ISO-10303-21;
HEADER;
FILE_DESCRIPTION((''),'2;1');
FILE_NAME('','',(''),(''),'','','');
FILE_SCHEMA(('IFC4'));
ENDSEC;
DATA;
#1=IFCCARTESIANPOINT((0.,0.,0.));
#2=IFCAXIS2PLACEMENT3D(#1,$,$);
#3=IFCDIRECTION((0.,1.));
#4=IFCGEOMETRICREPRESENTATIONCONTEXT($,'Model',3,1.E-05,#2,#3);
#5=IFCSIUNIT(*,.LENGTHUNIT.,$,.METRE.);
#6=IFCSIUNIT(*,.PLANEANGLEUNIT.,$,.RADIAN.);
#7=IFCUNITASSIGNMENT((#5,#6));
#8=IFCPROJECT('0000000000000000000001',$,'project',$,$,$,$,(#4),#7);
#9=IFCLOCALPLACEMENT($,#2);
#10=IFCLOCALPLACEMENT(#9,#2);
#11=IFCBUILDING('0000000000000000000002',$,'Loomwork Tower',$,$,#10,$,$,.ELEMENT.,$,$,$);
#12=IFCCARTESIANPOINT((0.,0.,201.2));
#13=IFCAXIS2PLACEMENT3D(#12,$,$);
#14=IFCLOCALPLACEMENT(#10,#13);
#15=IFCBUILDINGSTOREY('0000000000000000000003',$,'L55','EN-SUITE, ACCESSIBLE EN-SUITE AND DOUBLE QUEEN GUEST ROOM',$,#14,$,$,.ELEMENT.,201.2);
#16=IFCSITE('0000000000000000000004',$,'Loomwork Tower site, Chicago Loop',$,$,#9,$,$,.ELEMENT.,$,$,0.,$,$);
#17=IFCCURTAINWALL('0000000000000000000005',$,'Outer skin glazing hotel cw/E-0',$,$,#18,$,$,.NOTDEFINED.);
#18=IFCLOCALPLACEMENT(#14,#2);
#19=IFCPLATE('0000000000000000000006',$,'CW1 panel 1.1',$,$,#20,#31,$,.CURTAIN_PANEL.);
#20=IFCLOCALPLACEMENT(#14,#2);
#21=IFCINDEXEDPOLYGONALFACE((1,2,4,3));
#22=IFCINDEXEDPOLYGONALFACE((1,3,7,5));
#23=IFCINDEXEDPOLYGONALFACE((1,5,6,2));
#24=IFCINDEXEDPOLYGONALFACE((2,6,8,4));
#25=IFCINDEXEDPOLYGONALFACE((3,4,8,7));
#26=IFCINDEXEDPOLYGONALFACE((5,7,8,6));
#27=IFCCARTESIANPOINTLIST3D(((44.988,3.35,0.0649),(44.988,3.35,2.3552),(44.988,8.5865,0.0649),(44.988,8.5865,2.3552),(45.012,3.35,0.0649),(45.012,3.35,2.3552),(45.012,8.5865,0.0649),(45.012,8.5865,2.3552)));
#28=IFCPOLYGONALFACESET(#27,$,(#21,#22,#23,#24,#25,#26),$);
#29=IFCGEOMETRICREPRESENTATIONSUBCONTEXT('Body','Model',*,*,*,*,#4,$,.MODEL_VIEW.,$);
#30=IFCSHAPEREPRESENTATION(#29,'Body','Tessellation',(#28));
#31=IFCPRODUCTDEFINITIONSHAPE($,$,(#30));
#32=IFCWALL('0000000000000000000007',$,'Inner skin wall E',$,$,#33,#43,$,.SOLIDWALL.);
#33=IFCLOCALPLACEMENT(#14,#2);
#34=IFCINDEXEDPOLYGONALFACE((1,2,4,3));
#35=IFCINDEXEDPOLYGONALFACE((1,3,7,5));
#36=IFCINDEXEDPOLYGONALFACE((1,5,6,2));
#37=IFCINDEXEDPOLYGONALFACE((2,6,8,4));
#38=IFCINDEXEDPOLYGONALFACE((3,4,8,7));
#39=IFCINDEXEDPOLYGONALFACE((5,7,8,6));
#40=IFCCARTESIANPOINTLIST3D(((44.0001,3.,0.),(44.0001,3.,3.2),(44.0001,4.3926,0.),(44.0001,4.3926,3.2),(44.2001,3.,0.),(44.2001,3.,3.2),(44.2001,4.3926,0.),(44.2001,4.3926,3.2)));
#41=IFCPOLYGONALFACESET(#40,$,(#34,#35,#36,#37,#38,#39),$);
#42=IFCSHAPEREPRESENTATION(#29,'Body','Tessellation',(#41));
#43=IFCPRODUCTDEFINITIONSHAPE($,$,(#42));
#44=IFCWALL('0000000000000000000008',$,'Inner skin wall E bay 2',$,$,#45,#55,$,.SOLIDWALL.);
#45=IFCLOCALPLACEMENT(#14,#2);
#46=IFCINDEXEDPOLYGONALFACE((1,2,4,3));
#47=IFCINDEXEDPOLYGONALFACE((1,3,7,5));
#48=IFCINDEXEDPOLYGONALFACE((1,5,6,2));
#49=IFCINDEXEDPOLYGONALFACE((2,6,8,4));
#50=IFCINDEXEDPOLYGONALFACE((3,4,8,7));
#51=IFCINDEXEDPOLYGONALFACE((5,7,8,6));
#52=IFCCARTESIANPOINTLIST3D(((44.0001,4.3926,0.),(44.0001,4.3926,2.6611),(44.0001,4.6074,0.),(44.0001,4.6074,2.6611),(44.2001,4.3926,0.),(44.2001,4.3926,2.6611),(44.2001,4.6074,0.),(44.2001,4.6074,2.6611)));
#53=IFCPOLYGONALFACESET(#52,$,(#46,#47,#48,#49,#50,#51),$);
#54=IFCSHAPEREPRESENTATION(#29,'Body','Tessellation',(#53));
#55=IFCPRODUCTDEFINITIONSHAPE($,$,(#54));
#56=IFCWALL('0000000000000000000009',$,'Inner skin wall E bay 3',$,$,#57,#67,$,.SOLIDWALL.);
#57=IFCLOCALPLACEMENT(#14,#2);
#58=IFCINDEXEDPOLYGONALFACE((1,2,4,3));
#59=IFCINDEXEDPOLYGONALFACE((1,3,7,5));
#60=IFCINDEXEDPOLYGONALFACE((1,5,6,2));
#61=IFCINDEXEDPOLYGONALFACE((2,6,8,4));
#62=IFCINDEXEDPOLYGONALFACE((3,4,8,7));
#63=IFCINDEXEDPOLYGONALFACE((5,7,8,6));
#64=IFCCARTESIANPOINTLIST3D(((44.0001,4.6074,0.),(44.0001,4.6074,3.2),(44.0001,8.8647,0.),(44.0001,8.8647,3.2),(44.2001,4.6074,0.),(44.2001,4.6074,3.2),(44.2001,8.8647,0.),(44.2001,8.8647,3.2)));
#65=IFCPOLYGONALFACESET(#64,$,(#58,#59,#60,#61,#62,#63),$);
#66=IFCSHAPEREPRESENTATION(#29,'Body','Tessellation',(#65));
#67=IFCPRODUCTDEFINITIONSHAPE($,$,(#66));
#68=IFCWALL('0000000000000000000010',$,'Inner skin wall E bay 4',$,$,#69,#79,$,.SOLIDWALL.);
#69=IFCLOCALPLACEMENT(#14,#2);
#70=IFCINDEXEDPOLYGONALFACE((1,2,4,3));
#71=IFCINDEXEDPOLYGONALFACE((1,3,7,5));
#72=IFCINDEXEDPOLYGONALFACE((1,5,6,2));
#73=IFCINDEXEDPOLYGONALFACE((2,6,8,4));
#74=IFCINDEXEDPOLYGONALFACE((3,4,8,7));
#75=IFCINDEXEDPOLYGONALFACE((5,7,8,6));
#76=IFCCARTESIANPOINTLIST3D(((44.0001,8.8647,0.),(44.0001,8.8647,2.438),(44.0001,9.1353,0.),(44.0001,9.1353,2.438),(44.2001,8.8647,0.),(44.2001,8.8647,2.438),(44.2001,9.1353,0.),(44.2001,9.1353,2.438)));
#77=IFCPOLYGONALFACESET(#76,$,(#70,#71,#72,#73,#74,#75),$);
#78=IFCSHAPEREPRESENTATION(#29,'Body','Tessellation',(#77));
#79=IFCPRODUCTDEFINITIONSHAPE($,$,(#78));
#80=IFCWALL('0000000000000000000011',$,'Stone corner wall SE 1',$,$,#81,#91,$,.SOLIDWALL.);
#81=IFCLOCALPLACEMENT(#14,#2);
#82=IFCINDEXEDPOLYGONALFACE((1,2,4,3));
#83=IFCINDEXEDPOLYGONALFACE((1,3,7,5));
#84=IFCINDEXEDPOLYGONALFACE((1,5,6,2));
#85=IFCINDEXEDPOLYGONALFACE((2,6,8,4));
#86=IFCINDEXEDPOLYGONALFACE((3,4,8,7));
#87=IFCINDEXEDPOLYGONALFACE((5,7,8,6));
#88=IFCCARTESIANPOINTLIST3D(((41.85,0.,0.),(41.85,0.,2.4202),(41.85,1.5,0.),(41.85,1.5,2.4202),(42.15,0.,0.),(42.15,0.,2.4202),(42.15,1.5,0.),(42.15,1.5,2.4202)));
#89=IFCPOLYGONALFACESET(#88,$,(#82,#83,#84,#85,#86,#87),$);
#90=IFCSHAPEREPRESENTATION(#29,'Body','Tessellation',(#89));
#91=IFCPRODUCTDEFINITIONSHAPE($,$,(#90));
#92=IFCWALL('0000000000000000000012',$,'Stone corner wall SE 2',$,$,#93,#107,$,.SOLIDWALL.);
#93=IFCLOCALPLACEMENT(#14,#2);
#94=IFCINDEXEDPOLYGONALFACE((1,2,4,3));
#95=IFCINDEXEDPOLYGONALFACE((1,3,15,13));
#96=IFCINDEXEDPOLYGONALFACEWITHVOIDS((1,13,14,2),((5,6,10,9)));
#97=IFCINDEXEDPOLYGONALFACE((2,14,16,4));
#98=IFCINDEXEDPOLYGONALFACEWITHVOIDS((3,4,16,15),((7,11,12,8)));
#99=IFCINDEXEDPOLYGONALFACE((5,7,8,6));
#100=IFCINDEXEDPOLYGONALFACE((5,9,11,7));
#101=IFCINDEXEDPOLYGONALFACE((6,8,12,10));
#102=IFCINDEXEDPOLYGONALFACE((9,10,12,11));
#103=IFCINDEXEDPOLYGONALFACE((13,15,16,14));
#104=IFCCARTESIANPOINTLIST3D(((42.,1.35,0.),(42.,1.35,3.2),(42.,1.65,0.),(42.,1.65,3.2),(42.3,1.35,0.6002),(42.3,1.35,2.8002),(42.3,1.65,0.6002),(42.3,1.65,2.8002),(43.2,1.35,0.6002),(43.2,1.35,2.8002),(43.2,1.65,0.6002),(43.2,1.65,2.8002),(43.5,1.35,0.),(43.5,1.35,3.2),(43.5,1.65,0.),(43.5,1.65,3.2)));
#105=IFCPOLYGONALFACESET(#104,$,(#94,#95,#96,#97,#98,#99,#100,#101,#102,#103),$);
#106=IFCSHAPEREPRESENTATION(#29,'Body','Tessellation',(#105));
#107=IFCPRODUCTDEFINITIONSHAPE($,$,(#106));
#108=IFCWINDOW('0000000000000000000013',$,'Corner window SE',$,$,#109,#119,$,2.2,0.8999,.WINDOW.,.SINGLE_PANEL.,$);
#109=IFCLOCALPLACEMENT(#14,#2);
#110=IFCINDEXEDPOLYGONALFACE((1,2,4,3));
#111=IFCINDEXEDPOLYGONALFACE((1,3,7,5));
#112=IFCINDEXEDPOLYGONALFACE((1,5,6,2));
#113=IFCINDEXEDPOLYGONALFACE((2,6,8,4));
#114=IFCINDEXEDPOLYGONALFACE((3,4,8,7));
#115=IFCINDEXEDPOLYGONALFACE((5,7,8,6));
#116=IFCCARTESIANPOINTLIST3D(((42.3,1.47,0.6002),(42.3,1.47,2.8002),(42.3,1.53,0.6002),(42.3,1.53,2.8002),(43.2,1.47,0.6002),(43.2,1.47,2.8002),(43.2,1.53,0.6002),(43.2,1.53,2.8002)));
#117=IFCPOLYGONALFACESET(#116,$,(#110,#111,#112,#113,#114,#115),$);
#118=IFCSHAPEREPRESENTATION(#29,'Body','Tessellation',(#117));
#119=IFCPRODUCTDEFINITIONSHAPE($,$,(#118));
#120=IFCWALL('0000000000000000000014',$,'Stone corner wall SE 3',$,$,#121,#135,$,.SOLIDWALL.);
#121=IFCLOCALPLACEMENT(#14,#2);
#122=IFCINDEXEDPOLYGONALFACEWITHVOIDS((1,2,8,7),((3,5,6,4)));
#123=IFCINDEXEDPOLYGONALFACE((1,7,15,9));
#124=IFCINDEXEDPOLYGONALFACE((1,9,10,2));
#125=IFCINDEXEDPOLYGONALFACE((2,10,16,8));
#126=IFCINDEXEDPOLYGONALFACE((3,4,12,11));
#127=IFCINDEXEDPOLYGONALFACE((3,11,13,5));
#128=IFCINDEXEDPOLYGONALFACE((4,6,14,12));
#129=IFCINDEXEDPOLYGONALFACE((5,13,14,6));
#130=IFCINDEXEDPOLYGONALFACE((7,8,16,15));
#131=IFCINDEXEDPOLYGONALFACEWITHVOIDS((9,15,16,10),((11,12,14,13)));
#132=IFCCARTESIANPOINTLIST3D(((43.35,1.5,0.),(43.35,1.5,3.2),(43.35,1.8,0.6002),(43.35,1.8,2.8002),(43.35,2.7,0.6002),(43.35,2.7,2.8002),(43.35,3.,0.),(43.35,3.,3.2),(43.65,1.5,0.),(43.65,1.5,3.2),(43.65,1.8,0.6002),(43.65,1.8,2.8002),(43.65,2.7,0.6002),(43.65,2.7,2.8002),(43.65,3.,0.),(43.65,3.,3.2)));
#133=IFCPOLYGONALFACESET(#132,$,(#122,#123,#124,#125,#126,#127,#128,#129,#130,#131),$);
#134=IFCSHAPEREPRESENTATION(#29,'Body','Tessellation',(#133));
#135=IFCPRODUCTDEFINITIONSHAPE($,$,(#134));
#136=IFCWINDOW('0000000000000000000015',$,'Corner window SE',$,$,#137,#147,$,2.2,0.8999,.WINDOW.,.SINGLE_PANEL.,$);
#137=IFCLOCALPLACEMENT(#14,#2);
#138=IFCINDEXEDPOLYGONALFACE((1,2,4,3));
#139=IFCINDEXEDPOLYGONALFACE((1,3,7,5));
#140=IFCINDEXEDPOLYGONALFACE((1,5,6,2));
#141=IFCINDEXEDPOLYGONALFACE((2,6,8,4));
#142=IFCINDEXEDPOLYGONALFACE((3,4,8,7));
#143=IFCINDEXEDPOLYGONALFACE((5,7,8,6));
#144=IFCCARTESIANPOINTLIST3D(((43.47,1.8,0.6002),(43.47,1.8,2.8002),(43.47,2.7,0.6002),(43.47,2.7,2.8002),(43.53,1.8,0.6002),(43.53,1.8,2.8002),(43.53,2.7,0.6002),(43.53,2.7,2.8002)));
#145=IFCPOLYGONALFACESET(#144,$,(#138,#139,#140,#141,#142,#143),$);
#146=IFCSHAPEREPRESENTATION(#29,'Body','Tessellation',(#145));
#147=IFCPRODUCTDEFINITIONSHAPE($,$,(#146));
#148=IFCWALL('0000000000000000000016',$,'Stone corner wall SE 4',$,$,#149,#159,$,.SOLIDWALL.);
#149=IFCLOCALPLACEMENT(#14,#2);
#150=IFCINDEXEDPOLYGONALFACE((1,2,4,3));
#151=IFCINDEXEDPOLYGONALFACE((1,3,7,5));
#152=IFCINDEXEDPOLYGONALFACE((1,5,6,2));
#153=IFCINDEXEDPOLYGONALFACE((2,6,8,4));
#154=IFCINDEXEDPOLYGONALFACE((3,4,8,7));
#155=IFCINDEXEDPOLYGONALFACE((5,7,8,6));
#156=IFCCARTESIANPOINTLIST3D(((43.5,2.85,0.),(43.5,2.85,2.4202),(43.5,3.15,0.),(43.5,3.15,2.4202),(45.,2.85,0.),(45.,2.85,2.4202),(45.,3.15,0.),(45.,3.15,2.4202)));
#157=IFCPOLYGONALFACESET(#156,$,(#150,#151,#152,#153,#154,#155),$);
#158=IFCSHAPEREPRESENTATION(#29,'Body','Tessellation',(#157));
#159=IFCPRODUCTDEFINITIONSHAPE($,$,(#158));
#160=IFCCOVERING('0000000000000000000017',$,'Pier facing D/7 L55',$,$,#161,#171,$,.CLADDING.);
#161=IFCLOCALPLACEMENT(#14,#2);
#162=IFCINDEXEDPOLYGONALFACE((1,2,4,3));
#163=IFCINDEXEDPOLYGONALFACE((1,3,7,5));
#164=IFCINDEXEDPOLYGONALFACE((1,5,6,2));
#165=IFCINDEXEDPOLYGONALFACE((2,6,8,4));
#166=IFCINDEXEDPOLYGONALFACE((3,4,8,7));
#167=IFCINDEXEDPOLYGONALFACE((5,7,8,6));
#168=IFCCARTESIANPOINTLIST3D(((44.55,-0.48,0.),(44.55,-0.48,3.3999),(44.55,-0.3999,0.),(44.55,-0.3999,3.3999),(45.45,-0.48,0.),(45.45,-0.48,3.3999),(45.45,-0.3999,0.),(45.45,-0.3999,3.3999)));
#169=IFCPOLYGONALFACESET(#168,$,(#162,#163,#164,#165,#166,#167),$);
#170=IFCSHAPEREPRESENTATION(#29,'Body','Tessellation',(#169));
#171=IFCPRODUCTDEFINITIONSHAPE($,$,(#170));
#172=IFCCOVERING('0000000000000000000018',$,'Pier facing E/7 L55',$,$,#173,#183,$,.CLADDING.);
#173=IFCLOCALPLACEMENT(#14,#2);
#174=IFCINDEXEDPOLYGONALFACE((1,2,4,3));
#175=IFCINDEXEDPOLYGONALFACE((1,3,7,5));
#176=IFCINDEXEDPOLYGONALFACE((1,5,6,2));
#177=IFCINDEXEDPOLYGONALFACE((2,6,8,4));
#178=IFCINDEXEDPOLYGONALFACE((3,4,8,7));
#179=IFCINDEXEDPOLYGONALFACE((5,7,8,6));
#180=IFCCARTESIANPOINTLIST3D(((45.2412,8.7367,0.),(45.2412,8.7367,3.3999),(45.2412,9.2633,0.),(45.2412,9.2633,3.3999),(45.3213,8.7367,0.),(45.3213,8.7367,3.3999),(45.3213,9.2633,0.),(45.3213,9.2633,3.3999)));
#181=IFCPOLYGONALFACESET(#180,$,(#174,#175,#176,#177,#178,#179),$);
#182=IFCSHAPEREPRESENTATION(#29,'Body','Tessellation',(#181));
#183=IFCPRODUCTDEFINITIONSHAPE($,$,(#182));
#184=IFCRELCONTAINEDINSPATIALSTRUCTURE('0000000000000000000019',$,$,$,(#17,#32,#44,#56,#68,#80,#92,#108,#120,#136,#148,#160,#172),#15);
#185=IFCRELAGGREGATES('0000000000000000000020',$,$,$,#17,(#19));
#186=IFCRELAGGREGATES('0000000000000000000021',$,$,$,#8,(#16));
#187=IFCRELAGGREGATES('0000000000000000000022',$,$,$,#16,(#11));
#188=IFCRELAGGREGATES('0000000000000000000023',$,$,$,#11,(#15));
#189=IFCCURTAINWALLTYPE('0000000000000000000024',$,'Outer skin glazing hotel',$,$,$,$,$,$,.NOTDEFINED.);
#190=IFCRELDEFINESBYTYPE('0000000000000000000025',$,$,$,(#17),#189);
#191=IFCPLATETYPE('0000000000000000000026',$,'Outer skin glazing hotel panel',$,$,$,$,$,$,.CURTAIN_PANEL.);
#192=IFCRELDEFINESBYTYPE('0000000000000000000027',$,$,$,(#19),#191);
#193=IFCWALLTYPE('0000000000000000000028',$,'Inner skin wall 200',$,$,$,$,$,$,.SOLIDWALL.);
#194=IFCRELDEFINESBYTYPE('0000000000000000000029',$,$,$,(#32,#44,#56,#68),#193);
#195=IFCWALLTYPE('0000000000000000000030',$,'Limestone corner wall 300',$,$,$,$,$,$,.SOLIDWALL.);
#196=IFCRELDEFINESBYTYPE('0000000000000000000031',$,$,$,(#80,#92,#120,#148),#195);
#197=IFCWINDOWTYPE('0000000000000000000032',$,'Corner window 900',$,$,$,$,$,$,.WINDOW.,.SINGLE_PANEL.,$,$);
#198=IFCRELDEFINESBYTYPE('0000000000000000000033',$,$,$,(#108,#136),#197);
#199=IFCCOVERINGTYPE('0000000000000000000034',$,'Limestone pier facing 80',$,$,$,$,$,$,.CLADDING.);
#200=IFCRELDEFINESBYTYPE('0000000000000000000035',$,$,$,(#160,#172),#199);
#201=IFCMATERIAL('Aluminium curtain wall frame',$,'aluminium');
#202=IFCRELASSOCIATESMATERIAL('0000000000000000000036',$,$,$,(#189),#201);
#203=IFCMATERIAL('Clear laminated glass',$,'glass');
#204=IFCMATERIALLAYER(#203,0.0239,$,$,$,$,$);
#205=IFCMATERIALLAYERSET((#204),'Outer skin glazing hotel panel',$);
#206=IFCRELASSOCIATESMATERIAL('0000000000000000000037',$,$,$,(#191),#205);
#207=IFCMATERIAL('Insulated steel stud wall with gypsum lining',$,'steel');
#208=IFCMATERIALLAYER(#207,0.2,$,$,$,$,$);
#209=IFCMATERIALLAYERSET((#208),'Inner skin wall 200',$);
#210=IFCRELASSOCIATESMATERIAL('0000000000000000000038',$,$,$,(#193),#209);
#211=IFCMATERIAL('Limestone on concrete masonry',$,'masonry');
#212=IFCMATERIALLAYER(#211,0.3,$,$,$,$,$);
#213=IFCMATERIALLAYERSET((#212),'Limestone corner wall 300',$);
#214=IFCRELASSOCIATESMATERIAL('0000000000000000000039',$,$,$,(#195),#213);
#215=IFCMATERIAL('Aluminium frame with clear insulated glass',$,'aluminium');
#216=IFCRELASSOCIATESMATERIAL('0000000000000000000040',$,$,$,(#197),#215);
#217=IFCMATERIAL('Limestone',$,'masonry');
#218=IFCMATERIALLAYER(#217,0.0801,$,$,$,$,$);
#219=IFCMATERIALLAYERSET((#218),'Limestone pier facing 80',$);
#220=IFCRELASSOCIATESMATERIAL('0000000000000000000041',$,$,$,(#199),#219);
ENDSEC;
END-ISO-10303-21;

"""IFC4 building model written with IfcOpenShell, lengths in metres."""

from ifc_helpers import new_model, si_unit, direction, frame, frame_2d, origin, origin_2d, place, context, subcontext, project, spatial, rectangle, extrude, material, layer, layer_set, type_object, element, fill, aggregate, save


model = new_model("IFC4")

# Units and contexts
model_context = context("Model", 3, precision=1e-05, world=origin(), true_north=direction((0.0, 1.0)))
body_context = subcontext(model_context, "Body", "Model", "MODEL_VIEW")
ifc_project = project(units=[si_unit("LENGTHUNIT", "METRE"), si_unit("PLANEANGLEUNIT", "RADIAN")], contexts=[model_context])

# Site, building, storey
site_placement = place(None, origin())
site = spatial("IfcSite", under=ifc_project, at=site_placement, Name="Loomwork Tower site, Chicago Loop", CompositionType="ELEMENT", RefElevation=0.0)
building_placement = place(site_placement, origin())
building = spatial("IfcBuilding", under=site, at=building_placement, Name="Loomwork Tower", CompositionType="ELEMENT")
storey_placement = place(building_placement, frame((0.0, 0.0, 201.2)))
storey = spatial("IfcBuildingStorey", under=building, at=storey_placement, Name="L55", Description="EN-SUITE, ACCESSIBLE EN-SUITE AND DOUBLE QUEEN GUEST ROOM", CompositionType="ELEMENT", Elevation=201.2)

# Shared definitions
ifc_material_1 = material(Name="Aluminium curtain wall frame", Category="aluminium")
curtain_wall_type = type_object("IfcCurtainWallType", Name="Outer skin glazing hotel", PredefinedType="NOTDEFINED", material=ifc_material_1)

# Curtain wall
curtain_wall_1_placement = place(storey_placement, origin())
curtain_wall_1 = element("IfcCurtainWall", 1, at=curtain_wall_1_placement, inside=storey, type_object=curtain_wall_type, Name="Outer skin glazing hotel cw/E-0", PredefinedType="NOTDEFINED")

# Plate
ifc_material_2 = material(Name="Clear laminated glass", Category="glass")
ifc_layer_1 = layer(ifc_material_2, 0.0239)
ifc_layer_set_1 = layer_set([ifc_layer_1], Name="Outer skin glazing hotel panel")
plate_type = type_object("IfcPlateType", Name="Outer skin glazing hotel panel", PredefinedType="CURTAIN_PANEL", material=ifc_layer_set_1)
plate_placement = place(storey_placement, frame((45.0, 5.9683, 0.0649), z_axis=(0.0, 0.0, 1.0), x_axis=(0.0, 1.0, 0.0)))
plate = element("IfcPlate", 2, at=plate_placement, type_object=plate_type, Name="CW1 panel 1.1", PredefinedType="CURTAIN_PANEL", context=body_context, shape_type="SweptSolid", body=[
    extrude(rectangle(XDim=5.2366, YDim=0.0239, at=origin_2d()), origin(), (0.0, 0.0, 1.0), 2.2903),
])
aggregate(curtain_wall_1, [plate])

# Walls
ifc_material_3 = material(Name="Insulated steel stud wall with gypsum lining", Category="steel")
ifc_layer_2 = layer(ifc_material_3, 0.2)
ifc_layer_set_2 = layer_set([ifc_layer_2], Name="Inner skin wall 200")
wall_type_1 = type_object("IfcWallType", Name="Inner skin wall 200", PredefinedType="SOLIDWALL", material=ifc_layer_set_2)
wall_1_placement = place(storey_placement, frame((44.1001, 3.0, 0.0), z_axis=(0.0, 0.0, 1.0), x_axis=(0.0, 1.0, 0.0)))
element("IfcWall", 3, at=wall_1_placement, inside=storey, type_object=wall_type_1, Name="Inner skin wall E", PredefinedType="SOLIDWALL", context=body_context, shape_type="SweptSolid", body=[
    extrude(rectangle(XDim=1.3926, YDim=0.2, at=frame_2d((0.6963, 0.0))), origin(), (0.0, 0.0, 1.0), 3.2),
])
wall_2_placement = place(storey_placement, frame((44.1001, 4.3926, 0.0), z_axis=(0.0, 0.0, 1.0), x_axis=(0.0, 1.0, 0.0)))
element("IfcWall", 4, at=wall_2_placement, inside=storey, type_object=wall_type_1, Name="Inner skin wall E bay 2", PredefinedType="SOLIDWALL", context=body_context, shape_type="SweptSolid", body=[
    extrude(rectangle(XDim=0.2148, YDim=0.2, at=frame_2d((0.1074, 0.0))), origin(), (0.0, 0.0, 1.0), 2.6611),
])
wall_3_placement = place(storey_placement, frame((44.1001, 4.6074, 0.0), z_axis=(0.0, 0.0, 1.0), x_axis=(0.0, 1.0, 0.0)))
element("IfcWall", 5, at=wall_3_placement, inside=storey, type_object=wall_type_1, Name="Inner skin wall E bay 3", PredefinedType="SOLIDWALL", context=body_context, shape_type="SweptSolid", body=[
    extrude(rectangle(XDim=4.2573, YDim=0.2, at=frame_2d((2.1287, 0.0))), origin(), (0.0, 0.0, 1.0), 3.2),
])
wall_4_placement = place(storey_placement, frame((44.1001, 8.8647, 0.0), z_axis=(0.0, 0.0, 1.0), x_axis=(0.0, 1.0, 0.0)))
element("IfcWall", 6, at=wall_4_placement, inside=storey, type_object=wall_type_1, Name="Inner skin wall E bay 4", PredefinedType="SOLIDWALL", context=body_context, shape_type="SweptSolid", body=[
    extrude(rectangle(XDim=0.2705, YDim=0.2, at=frame_2d((0.1353, 0.0))), origin(), (0.0, 0.0, 1.0), 2.438),
])
ifc_material_4 = material(Name="Limestone on concrete masonry", Category="masonry")
ifc_layer_3 = layer(ifc_material_4, 0.3)
ifc_layer_set_3 = layer_set([ifc_layer_3], Name="Limestone corner wall 300")
wall_type_2 = type_object("IfcWallType", Name="Limestone corner wall 300", PredefinedType="SOLIDWALL", material=ifc_layer_set_3)
wall_5_placement = place(storey_placement, frame((42.0, 0.0, 0.0), z_axis=(0.0, 0.0, 1.0), x_axis=(0.0, 1.0, 0.0)))
element("IfcWall", 7, at=wall_5_placement, inside=storey, type_object=wall_type_2, Name="Stone corner wall SE 1", PredefinedType="SOLIDWALL", context=body_context, shape_type="SweptSolid", body=[
    extrude(rectangle(XDim=1.5, YDim=0.3, at=frame_2d((0.75, 0.0))), origin(), (0.0, 0.0, 1.0), 2.4202),
])

# Walls, openings, windows
wall_6_placement = place(storey_placement, frame((42.0, 1.5, 0.0), z_axis=(0.0, 0.0, 1.0), x_axis=(1.0, 0.0, 0.0)))
wall_6 = element("IfcWall", 8, at=wall_6_placement, inside=storey, type_object=wall_type_2, Name="Stone corner wall SE 2", PredefinedType="SOLIDWALL", context=body_context, shape_type="SweptSolid", body=[
    extrude(rectangle(XDim=1.5, YDim=0.3, at=frame_2d((0.75, 0.0))), origin(), (0.0, 0.0, 1.0), 3.2),
])
opening_1_placement = place(wall_6_placement, frame((0.3, 0.0, 0.6001)))
opening_1 = element("IfcOpeningElement", 9, at=opening_1_placement, cuts=wall_6, PredefinedType="OPENING", context=body_context, shape_type="SweptSolid", body=[
    extrude(rectangle(XDim=0.8999, YDim=2.2, at=frame_2d((0.45, 1.1001))), frame((0.0, 0.1599, 0.0), z_axis=(0.0, -1.0, 0.0), x_axis=(1.0, 0.0, 0.0)), (0.0, 0.0, 1.0), 0.3201),
])
ifc_material_5 = material(Name="Aluminium frame with clear insulated glass", Category="aluminium")
window_type = type_object("IfcWindowType", Name="Corner window 900", PartitioningType="SINGLE_PANEL", PredefinedType="WINDOW", material=ifc_material_5)
window_1_placement = place(opening_1_placement, origin())
window_1 = element("IfcWindow", 10, at=window_1_placement, inside=storey, type_object=window_type, Name="Corner window SE", OverallHeight=2.2, OverallWidth=0.8999, PartitioningType="SINGLE_PANEL", PredefinedType="WINDOW", context=body_context, shape_type="SweptSolid", body=[
    extrude(rectangle(XDim=0.8999, YDim=2.2, at=frame_2d((0.45, 1.1001))), frame((0.0, 0.03, 0.0), z_axis=(0.0, -1.0, 0.0), x_axis=(1.0, 0.0, 0.0)), (0.0, 0.0, 1.0), 0.0601),
])
fill(opening_1, window_1)
wall_7_placement = place(storey_placement, frame((43.5, 1.5, 0.0), z_axis=(0.0, 0.0, 1.0), x_axis=(0.0, 1.0, 0.0)))
wall_7 = element("IfcWall", 11, at=wall_7_placement, inside=storey, type_object=wall_type_2, Name="Stone corner wall SE 3", PredefinedType="SOLIDWALL", context=body_context, shape_type="SweptSolid", body=[
    extrude(rectangle(XDim=1.5, YDim=0.3, at=frame_2d((0.75, 0.0))), origin(), (0.0, 0.0, 1.0), 3.2),
])
opening_2_placement = place(wall_7_placement, frame((0.3, 0.0, 0.6001)))
opening_2 = element("IfcOpeningElement", 12, at=opening_2_placement, cuts=wall_7, PredefinedType="OPENING", context=body_context, shape_type="SweptSolid", body=[
    extrude(rectangle(XDim=0.8999, YDim=2.2, at=frame_2d((0.45, 1.1001))), frame((0.0, 0.1599, 0.0), z_axis=(0.0, -1.0, 0.0), x_axis=(1.0, 0.0, 0.0)), (0.0, 0.0, 1.0), 0.3201),
])
window_2_placement = place(opening_2_placement, origin())
window_2 = element("IfcWindow", 13, at=window_2_placement, inside=storey, type_object=window_type, Name="Corner window SE", OverallHeight=2.2, OverallWidth=0.8999, PartitioningType="SINGLE_PANEL", PredefinedType="WINDOW", context=body_context, shape_type="SweptSolid", body=[
    extrude(rectangle(XDim=0.8999, YDim=2.2, at=frame_2d((0.45, 1.1001))), frame((0.0, 0.03, 0.0), z_axis=(0.0, -1.0, 0.0), x_axis=(1.0, 0.0, 0.0)), (0.0, 0.0, 1.0), 0.0601),
])
fill(opening_2, window_2)

# Wall
wall_8_placement = place(storey_placement, frame((43.5, 3.0, 0.0), z_axis=(0.0, 0.0, 1.0), x_axis=(1.0, 0.0, 0.0)))
element("IfcWall", 14, at=wall_8_placement, inside=storey, type_object=wall_type_2, Name="Stone corner wall SE 4", PredefinedType="SOLIDWALL", context=body_context, shape_type="SweptSolid", body=[
    extrude(rectangle(XDim=1.5, YDim=0.3, at=frame_2d((0.75, 0.0))), origin(), (0.0, 0.0, 1.0), 2.4202),
])

# Coverings
ifc_material_6 = material(Name="Limestone", Category="masonry")
ifc_layer_4 = layer(ifc_material_6, 0.0801)
ifc_layer_set_4 = layer_set([ifc_layer_4], Name="Limestone pier facing 80")
covering_type = type_object("IfcCoveringType", Name="Limestone pier facing 80", PredefinedType="CLADDING", material=ifc_layer_set_4)
covering_1_placement = place(storey_placement, frame((45.0, -0.4399, 0.0), z_axis=(0.0, 0.0, 1.0), x_axis=(1.0, 0.0, 0.0)))
element("IfcCovering", 15, at=covering_1_placement, inside=storey, type_object=covering_type, Name="Pier facing D/7 L55", PredefinedType="CLADDING", context=body_context, shape_type="SweptSolid", body=[
    extrude(rectangle(XDim=0.8999, YDim=0.0801, at=origin_2d()), origin(), (0.0, 0.0, 1.0), 3.3999),
])
covering_2_placement = place(storey_placement, frame((45.2812, 9.0, 0.0), z_axis=(0.0, 0.0, 1.0), x_axis=(1.0, 0.0, 0.0)))
element("IfcCovering", 16, at=covering_2_placement, inside=storey, type_object=covering_type, Name="Pier facing E/7 L55", PredefinedType="CLADDING", context=body_context, shape_type="SweptSolid", body=[
    extrude(rectangle(XDim=0.0801, YDim=0.5266, at=origin_2d()), origin(), (0.0, 0.0, 1.0), 3.3999),
])

save(model, "model.ifc")
